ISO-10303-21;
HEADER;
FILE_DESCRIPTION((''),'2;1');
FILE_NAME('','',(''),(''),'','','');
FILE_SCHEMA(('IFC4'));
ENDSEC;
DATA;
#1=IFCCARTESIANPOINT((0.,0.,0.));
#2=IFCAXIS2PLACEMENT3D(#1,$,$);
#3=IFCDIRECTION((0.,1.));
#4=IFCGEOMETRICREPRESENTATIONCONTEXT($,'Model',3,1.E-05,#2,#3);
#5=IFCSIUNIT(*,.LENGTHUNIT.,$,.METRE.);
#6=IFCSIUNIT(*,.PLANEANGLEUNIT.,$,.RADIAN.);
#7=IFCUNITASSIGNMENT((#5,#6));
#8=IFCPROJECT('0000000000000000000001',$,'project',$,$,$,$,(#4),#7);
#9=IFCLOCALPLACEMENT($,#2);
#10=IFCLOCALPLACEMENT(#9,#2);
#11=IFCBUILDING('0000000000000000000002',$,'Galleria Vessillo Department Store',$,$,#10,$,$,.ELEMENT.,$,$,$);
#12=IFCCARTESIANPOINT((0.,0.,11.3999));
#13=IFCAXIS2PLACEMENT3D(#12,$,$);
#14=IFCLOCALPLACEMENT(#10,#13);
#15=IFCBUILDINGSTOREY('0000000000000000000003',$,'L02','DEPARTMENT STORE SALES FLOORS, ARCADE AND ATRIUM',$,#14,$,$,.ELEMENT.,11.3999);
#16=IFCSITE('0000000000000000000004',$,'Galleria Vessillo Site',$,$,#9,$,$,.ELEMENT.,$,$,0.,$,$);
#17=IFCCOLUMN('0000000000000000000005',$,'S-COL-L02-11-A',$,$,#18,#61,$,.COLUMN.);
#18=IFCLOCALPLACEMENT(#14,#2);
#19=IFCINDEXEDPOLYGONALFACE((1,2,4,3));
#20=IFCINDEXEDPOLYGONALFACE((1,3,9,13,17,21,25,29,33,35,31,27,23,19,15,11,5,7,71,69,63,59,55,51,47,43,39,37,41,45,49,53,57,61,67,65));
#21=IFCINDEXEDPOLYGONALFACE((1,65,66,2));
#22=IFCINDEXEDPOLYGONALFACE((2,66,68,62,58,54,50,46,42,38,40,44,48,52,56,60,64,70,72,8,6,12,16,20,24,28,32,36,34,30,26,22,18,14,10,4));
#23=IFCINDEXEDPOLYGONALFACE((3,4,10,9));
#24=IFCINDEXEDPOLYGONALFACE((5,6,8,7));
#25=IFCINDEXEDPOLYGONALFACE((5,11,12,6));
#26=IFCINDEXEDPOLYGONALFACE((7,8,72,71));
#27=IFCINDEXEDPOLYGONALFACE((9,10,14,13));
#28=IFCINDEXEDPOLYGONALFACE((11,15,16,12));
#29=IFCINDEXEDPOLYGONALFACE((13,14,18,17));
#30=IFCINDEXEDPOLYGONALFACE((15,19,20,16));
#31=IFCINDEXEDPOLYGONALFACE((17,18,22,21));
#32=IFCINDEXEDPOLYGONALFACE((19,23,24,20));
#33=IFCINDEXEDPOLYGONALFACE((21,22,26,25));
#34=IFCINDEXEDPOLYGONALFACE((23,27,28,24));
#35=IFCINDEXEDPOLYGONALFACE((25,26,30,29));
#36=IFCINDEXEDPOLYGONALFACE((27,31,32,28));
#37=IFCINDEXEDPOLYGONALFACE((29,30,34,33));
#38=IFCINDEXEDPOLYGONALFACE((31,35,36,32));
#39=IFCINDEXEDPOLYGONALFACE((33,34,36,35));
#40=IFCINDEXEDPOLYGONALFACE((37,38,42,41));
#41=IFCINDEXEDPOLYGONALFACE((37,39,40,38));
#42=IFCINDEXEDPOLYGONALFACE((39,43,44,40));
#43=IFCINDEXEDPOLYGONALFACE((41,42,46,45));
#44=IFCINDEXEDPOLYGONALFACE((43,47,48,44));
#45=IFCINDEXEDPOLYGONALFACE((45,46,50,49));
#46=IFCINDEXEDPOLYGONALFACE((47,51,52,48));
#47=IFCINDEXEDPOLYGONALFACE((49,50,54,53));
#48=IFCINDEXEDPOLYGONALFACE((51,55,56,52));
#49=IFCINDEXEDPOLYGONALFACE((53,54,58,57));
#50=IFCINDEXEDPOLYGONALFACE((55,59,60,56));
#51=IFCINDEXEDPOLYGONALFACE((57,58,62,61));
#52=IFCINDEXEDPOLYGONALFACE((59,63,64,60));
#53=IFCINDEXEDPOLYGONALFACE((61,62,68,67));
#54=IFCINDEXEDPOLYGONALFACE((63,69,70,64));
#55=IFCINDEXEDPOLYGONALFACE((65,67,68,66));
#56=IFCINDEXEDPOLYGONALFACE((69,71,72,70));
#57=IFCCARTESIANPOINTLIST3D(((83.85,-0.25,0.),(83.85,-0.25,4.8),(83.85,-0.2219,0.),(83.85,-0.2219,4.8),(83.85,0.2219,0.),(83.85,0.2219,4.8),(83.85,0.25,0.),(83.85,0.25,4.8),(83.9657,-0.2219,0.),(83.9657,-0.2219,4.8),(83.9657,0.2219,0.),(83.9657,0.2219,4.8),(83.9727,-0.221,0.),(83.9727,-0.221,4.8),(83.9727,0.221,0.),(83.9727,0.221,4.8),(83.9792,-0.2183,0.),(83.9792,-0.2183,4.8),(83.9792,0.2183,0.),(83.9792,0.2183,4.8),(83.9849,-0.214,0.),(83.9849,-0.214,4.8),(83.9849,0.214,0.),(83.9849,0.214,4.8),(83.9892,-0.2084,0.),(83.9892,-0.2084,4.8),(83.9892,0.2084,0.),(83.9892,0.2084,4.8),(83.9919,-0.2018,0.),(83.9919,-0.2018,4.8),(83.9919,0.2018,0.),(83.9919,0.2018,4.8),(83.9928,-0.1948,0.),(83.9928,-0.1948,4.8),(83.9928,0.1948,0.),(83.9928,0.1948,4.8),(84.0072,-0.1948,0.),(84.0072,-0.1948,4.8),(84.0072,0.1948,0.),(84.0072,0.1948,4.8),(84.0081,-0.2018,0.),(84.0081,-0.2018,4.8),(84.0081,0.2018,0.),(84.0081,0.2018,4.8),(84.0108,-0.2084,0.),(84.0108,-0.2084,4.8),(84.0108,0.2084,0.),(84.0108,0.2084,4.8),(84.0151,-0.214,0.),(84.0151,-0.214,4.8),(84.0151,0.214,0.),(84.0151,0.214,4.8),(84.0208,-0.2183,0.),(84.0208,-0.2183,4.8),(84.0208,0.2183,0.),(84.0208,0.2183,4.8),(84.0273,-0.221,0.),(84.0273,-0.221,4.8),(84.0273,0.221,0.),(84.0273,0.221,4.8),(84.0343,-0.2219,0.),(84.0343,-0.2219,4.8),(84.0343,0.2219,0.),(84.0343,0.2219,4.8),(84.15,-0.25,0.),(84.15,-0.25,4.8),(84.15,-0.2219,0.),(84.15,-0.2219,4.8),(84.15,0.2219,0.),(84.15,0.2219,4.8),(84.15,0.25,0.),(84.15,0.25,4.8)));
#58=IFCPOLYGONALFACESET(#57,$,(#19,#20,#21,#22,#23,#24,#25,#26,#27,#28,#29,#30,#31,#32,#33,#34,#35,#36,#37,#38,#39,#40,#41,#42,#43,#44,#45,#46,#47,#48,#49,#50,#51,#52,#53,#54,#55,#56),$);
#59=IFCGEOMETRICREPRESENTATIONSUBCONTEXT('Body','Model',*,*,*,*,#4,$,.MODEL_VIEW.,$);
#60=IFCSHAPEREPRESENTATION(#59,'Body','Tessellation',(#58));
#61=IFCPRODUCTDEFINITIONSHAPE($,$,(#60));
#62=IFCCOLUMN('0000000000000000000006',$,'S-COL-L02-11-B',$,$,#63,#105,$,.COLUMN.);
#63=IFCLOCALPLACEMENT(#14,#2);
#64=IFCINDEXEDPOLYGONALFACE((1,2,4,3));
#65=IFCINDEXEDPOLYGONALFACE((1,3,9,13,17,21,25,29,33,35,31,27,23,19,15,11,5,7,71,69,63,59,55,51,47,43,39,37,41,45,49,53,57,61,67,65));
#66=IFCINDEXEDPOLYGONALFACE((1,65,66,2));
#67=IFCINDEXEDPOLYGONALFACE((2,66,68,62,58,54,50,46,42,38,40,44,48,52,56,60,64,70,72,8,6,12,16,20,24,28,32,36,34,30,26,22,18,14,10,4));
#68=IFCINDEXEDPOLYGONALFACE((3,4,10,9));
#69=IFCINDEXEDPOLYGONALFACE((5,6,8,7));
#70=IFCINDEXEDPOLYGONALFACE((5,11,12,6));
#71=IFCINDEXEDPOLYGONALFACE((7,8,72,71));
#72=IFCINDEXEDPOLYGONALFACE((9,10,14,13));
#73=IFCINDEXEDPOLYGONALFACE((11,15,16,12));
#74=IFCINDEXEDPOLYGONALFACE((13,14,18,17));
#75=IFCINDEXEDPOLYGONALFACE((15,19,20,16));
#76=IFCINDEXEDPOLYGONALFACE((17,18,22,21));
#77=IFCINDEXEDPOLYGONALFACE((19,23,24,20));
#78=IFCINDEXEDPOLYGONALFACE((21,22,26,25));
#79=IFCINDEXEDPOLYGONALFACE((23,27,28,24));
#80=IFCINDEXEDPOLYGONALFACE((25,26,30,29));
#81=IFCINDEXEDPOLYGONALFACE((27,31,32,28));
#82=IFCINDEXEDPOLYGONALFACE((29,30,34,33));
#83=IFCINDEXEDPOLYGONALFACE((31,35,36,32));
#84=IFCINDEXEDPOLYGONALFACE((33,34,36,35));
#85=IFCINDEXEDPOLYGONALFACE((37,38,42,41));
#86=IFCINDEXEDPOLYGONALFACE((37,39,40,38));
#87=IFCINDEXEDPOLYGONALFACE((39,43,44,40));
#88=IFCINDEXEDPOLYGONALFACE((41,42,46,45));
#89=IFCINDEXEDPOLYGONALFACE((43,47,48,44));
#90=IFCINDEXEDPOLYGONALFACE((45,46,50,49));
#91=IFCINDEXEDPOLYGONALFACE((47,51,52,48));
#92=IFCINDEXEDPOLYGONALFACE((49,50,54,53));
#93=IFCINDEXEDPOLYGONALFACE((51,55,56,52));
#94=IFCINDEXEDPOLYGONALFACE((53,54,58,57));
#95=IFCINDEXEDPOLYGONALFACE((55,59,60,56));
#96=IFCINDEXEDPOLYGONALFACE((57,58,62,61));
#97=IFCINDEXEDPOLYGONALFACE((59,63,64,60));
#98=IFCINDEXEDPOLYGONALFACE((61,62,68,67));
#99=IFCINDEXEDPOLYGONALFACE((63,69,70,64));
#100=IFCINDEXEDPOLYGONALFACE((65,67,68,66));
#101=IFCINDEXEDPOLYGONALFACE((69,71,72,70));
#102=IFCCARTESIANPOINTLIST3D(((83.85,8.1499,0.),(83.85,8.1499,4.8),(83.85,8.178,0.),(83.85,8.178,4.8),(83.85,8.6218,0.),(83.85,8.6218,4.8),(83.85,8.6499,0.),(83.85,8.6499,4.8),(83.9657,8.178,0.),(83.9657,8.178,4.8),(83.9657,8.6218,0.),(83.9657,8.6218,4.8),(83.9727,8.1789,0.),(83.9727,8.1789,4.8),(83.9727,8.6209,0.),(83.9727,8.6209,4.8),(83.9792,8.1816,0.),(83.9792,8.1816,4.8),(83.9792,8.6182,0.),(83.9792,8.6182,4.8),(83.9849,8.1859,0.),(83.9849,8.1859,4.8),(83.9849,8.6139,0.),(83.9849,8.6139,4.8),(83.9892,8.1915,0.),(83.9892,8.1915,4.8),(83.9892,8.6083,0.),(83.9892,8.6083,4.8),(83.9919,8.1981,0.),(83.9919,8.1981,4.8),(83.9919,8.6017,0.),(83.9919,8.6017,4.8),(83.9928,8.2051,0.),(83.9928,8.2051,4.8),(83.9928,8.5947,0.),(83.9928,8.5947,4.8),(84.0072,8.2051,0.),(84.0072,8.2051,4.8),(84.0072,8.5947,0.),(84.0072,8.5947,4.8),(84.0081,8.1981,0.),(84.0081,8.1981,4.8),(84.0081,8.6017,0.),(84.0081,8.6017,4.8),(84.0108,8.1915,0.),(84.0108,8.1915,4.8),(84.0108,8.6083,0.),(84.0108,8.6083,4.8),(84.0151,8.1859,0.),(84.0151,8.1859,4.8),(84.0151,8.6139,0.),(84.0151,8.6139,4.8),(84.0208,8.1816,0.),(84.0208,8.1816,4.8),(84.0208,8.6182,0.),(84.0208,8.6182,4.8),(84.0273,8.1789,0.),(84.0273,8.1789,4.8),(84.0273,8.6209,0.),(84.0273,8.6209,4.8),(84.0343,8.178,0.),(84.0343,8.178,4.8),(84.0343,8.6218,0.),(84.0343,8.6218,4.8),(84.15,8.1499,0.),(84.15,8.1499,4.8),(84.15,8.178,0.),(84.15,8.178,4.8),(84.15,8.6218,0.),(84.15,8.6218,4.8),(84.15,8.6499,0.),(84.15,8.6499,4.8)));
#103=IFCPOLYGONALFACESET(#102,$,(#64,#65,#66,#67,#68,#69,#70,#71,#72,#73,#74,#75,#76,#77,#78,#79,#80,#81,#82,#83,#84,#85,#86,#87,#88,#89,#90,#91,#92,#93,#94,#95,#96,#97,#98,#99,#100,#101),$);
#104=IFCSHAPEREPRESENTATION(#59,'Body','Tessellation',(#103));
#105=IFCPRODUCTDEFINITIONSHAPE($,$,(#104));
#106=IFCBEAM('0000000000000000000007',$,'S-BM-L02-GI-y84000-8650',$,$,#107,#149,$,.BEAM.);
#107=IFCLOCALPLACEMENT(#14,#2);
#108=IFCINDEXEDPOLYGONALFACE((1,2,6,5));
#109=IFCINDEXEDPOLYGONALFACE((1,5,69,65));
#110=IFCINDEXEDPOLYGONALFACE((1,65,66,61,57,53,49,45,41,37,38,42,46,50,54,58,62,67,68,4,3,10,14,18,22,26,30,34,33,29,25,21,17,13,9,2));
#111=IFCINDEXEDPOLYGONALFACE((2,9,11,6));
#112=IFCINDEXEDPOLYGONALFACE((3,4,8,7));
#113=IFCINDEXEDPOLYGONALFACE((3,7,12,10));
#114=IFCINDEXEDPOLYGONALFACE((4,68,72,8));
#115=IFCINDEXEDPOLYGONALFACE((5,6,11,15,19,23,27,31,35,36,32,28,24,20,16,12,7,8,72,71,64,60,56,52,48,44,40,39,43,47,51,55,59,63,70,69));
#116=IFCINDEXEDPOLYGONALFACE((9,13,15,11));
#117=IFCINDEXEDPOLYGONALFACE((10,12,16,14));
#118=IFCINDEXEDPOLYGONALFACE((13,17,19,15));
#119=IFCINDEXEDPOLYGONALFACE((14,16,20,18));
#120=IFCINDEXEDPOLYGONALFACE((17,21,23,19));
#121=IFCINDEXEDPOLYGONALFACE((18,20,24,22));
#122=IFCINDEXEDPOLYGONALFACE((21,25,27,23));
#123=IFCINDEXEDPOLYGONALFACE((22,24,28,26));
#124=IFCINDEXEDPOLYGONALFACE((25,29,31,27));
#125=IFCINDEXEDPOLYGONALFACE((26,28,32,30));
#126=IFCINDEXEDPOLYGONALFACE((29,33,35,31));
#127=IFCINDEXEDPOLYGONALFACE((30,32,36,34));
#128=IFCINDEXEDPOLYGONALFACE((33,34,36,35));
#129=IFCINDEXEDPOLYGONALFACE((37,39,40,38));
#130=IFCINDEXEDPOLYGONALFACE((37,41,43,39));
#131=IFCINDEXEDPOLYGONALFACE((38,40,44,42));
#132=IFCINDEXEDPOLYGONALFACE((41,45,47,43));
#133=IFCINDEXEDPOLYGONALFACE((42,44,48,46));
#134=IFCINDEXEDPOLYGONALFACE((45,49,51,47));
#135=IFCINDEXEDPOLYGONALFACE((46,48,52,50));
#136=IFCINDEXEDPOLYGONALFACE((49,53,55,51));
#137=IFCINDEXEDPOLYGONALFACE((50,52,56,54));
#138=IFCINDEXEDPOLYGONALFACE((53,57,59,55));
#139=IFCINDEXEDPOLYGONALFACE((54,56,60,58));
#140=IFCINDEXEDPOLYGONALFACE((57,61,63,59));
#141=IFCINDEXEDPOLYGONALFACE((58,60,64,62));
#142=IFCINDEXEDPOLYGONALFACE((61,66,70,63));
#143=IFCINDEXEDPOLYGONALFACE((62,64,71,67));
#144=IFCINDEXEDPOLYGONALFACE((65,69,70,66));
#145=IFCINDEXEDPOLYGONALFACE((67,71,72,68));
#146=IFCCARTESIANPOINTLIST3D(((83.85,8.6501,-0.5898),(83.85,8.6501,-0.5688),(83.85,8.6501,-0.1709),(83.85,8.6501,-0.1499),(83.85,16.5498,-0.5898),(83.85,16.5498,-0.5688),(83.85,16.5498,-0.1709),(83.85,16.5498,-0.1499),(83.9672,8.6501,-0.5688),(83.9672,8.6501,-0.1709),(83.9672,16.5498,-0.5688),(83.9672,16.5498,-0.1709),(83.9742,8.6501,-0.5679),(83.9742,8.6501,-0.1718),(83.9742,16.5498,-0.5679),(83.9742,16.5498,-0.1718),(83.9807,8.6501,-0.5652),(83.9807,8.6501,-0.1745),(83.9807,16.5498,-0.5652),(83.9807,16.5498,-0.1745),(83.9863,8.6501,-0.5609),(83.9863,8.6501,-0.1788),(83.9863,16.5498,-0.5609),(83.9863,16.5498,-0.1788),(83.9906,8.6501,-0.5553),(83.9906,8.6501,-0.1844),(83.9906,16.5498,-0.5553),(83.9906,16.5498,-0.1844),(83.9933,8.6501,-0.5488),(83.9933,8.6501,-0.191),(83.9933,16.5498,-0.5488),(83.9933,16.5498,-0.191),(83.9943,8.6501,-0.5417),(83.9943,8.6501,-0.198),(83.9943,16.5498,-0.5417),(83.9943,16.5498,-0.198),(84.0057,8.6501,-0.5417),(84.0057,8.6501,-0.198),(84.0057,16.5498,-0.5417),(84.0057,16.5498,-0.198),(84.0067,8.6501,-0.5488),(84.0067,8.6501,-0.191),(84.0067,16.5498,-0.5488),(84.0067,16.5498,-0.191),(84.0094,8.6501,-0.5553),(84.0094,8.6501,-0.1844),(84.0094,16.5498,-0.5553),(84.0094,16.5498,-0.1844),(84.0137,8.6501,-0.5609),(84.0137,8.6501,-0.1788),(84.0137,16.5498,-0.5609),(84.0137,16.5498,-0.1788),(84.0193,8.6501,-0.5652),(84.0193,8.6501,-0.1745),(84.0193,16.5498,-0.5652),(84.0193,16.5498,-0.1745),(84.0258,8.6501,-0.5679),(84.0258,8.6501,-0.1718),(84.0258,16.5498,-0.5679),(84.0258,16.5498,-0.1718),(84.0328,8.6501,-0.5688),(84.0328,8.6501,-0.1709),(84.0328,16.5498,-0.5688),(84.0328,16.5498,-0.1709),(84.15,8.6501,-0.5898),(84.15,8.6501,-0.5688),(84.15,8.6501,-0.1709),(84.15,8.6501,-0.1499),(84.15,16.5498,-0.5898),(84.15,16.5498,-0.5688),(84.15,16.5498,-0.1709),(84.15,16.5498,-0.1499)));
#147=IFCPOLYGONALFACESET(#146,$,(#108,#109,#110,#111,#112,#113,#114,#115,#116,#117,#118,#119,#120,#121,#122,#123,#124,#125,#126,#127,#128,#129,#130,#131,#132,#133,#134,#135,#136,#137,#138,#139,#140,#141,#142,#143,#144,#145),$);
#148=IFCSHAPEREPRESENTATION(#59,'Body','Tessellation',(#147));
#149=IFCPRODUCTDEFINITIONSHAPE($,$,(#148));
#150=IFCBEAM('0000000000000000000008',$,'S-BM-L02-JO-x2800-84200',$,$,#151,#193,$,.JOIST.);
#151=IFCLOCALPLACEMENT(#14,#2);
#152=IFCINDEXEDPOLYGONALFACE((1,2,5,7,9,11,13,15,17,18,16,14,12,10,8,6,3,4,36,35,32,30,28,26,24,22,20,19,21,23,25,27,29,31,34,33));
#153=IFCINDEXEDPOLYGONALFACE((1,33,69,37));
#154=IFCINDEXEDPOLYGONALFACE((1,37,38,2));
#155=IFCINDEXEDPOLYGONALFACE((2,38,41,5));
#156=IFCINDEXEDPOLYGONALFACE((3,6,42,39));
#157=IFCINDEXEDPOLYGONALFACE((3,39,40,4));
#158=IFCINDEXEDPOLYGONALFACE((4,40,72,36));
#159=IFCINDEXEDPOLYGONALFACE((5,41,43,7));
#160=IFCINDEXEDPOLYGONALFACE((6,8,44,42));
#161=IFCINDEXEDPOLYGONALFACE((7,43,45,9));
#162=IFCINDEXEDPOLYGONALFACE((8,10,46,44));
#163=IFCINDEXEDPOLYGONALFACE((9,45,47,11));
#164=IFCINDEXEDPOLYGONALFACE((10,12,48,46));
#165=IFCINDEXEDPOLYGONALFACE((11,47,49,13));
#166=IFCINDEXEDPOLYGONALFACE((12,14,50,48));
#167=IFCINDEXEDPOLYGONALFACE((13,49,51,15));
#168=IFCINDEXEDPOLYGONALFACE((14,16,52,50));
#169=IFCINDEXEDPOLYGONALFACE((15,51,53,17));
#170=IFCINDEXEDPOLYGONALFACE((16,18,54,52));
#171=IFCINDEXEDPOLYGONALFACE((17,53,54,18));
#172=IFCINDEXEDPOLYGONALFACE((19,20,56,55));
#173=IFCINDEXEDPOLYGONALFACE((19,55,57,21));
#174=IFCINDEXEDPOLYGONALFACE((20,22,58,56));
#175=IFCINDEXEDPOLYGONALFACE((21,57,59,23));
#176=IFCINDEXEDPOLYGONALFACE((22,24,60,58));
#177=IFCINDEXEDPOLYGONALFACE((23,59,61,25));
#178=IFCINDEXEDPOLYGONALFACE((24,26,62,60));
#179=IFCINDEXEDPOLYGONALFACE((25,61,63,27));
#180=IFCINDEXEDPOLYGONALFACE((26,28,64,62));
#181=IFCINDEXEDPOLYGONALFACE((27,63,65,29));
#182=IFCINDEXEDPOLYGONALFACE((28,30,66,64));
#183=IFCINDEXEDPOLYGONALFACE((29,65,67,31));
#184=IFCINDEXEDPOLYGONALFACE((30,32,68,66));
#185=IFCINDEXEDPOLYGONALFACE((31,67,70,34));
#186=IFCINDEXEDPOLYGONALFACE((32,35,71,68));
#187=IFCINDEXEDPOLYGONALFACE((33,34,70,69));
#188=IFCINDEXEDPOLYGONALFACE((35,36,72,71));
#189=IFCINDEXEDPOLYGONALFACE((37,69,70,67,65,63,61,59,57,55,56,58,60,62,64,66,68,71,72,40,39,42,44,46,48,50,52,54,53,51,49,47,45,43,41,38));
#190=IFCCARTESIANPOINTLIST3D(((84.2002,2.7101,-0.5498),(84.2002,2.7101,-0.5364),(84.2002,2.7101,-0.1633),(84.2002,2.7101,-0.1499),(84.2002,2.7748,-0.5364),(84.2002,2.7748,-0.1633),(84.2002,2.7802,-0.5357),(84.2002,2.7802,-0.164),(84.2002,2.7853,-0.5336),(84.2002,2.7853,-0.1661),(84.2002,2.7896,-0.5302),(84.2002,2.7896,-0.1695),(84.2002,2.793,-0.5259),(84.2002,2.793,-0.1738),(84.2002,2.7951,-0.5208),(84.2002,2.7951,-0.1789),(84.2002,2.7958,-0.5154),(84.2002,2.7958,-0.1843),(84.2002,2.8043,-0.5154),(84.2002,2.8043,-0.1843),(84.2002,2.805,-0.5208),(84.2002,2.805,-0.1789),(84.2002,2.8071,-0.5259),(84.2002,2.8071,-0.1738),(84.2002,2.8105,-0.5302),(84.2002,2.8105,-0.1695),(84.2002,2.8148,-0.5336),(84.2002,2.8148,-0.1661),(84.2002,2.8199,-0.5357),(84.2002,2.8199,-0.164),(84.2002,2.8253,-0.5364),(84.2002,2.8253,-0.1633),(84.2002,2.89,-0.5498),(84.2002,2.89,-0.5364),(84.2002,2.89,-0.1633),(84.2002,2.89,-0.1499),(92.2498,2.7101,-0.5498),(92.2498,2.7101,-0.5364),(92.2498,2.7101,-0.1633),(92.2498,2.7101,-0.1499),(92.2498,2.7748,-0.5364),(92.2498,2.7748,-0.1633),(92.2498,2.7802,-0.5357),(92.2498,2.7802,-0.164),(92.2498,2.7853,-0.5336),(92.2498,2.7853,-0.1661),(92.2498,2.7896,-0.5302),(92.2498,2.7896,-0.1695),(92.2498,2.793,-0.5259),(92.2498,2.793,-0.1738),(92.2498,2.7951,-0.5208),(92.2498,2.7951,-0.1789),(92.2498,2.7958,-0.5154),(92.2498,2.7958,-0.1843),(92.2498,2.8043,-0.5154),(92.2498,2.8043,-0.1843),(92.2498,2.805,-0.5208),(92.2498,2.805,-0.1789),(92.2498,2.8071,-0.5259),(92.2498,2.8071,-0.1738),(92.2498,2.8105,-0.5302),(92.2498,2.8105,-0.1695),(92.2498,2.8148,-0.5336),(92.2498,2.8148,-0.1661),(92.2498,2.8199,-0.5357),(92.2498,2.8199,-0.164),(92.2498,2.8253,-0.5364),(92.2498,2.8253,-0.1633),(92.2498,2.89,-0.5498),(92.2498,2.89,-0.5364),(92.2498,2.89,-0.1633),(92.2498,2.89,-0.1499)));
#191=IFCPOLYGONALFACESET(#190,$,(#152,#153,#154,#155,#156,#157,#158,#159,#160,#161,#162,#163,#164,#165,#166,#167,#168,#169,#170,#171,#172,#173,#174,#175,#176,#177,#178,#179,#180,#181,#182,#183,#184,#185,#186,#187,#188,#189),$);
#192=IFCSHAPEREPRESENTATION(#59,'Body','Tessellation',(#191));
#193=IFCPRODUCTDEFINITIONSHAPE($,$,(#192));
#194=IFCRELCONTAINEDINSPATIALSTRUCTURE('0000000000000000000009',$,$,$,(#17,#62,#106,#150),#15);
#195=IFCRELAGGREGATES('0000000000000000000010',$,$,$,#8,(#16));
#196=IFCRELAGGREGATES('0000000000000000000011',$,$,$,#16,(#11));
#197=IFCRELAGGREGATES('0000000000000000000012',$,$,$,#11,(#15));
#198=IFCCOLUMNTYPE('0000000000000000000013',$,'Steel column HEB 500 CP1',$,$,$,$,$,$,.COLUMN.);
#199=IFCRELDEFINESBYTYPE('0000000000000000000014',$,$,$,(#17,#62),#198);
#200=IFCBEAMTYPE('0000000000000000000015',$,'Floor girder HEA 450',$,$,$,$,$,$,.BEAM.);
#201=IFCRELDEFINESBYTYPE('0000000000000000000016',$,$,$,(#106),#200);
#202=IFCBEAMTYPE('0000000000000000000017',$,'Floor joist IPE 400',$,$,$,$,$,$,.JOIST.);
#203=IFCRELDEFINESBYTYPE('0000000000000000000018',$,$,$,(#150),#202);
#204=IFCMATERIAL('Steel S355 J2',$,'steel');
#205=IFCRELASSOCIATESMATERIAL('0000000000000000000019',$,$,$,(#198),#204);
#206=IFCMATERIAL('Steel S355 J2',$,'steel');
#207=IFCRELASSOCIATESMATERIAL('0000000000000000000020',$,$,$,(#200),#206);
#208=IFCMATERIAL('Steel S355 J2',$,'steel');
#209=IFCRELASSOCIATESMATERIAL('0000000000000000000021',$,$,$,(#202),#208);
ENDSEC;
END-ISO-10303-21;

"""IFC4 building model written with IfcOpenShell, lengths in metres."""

from ifc_helpers import new_model, si_unit, direction, frame, origin, origin_2d, place, context, subcontext, project, spatial, i_section, extrude, material, material_profile, profile_set, type_object, element, save


model = new_model("IFC4")

# Units and contexts
model_context = context("Model", 3, precision=1e-05, world=origin(), true_north=direction((0.0, 1.0)))
body_context = subcontext(model_context, "Body", "Model", "MODEL_VIEW")
ifc_project = project(units=[si_unit("LENGTHUNIT", "METRE"), si_unit("PLANEANGLEUNIT", "RADIAN")], contexts=[model_context])

# Site, building, storey
site_placement = place(None, origin())
site = spatial("IfcSite", under=ifc_project, at=site_placement, Name="Galleria Vessillo Site", CompositionType="ELEMENT", RefElevation=0.0)
building_placement = place(site_placement, origin())
building = spatial("IfcBuilding", under=site, at=building_placement, Name="Galleria Vessillo Department Store", CompositionType="ELEMENT")
storey_placement = place(building_placement, frame((0.0, 0.0, 11.3999)))
storey = spatial("IfcBuildingStorey", under=building, at=storey_placement, Name="L02", Description="DEPARTMENT STORE SALES FLOORS, ARCADE AND ATRIUM", CompositionType="ELEMENT", Elevation=11.3999)

# Columns
ifc_material_1 = material(Name="Steel S355 J2", Category="steel")
ifc_material_profile_1 = material_profile(ifc_material_1, i_section(OverallWidth=0.3, OverallDepth=0.5, WebThickness=0.0144, FlangeThickness=0.0281, FilletRadius=0.0271, at=origin_2d()), Name="HEB 500")
ifc_profile_set_1 = profile_set([ifc_material_profile_1], Name="Steel S355 J2")
column_type = type_object("IfcColumnType", Name="Steel column HEB 500 CP1", PredefinedType="COLUMN", material=ifc_profile_set_1)
for number, where, z_axis, x_axis, name in (
    (1, (84.0, 0.0, 0.0), (0.0, 0.0, 1.0), (1.0, 0.0, 0.0), "S-COL-L02-11-A"),
    (2, (84.0, 8.3999, 0.0), (0.0, 0.0, 1.0), (1.0, 0.0, 0.0), "S-COL-L02-11-B"),
):
    element("IfcColumn", number, at=place(storey_placement, frame(where, z_axis=z_axis, x_axis=x_axis)), inside=storey, type_object=column_type, Name=name, PredefinedType="COLUMN", context=body_context, shape_type="SweptSolid", body=[
        extrude(i_section(OverallWidth=0.3, OverallDepth=0.5, WebThickness=0.0144, FlangeThickness=0.0281, FilletRadius=0.0271, at=origin_2d()), origin(), (0.0, 0.0, 1.0), 4.8),
    ])

# Beams
ifc_material_2 = material(Name="Steel S355 J2", Category="steel")
ifc_material_profile_2 = material_profile(ifc_material_2, i_section(OverallWidth=0.3, OverallDepth=0.4399, WebThickness=0.0115, FlangeThickness=0.021, FilletRadius=0.0271, at=origin_2d()), Name="HEA 450")
ifc_profile_set_2 = profile_set([ifc_material_profile_2], Name="Steel S355 J2")
beam_type_1 = type_object("IfcBeamType", Name="Floor girder HEA 450", PredefinedType="BEAM", material=ifc_profile_set_2)
beam_1_placement = place(storey_placement, frame((84.0, 8.6501, -0.3699), z_axis=(0.0, 1.0, 0.0), x_axis=(-1.0, 0.0, 0.0)))
element("IfcBeam", 3, at=beam_1_placement, inside=storey, type_object=beam_type_1, Name="S-BM-L02-GI-y84000-8650", PredefinedType="BEAM", context=body_context, shape_type="SweptSolid", body=[
    extrude(i_section(OverallWidth=0.3, OverallDepth=0.4399, WebThickness=0.0115, FlangeThickness=0.021, FilletRadius=0.0271, at=origin_2d()), origin(), (0.0, 0.0, 1.0), 7.8997),
])
ifc_material_3 = material(Name="Steel S355 J2", Category="steel")
ifc_material_profile_3 = material_profile(ifc_material_3, i_section(OverallWidth=0.1799, OverallDepth=0.3999, WebThickness=0.0085, FlangeThickness=0.0134, FilletRadius=0.021, at=origin_2d()), Name="IPE 400")
ifc_profile_set_3 = profile_set([ifc_material_profile_3], Name="Steel S355 J2")
beam_type_2 = type_object("IfcBeamType", Name="Floor joist IPE 400", PredefinedType="JOIST", material=ifc_profile_set_3)
for number, where, z_axis, x_axis, name in (
    (4, (84.2002, 2.8, -0.3499), (1.0, 0.0, 0.0), (0.0, 1.0, 0.0), "S-BM-L02-JO-x2800-84200"),
):
    element("IfcBeam", number, at=place(storey_placement, frame(where, z_axis=z_axis, x_axis=x_axis)), inside=storey, type_object=beam_type_2, Name=name, PredefinedType="JOIST", context=body_context, shape_type="SweptSolid", body=[
        extrude(i_section(OverallWidth=0.1799, OverallDepth=0.3999, WebThickness=0.0085, FlangeThickness=0.0134, FilletRadius=0.021, at=origin_2d()), origin(), (0.0, 0.0, 1.0), 8.0496),
    ])

save(model, "model.ifc")
